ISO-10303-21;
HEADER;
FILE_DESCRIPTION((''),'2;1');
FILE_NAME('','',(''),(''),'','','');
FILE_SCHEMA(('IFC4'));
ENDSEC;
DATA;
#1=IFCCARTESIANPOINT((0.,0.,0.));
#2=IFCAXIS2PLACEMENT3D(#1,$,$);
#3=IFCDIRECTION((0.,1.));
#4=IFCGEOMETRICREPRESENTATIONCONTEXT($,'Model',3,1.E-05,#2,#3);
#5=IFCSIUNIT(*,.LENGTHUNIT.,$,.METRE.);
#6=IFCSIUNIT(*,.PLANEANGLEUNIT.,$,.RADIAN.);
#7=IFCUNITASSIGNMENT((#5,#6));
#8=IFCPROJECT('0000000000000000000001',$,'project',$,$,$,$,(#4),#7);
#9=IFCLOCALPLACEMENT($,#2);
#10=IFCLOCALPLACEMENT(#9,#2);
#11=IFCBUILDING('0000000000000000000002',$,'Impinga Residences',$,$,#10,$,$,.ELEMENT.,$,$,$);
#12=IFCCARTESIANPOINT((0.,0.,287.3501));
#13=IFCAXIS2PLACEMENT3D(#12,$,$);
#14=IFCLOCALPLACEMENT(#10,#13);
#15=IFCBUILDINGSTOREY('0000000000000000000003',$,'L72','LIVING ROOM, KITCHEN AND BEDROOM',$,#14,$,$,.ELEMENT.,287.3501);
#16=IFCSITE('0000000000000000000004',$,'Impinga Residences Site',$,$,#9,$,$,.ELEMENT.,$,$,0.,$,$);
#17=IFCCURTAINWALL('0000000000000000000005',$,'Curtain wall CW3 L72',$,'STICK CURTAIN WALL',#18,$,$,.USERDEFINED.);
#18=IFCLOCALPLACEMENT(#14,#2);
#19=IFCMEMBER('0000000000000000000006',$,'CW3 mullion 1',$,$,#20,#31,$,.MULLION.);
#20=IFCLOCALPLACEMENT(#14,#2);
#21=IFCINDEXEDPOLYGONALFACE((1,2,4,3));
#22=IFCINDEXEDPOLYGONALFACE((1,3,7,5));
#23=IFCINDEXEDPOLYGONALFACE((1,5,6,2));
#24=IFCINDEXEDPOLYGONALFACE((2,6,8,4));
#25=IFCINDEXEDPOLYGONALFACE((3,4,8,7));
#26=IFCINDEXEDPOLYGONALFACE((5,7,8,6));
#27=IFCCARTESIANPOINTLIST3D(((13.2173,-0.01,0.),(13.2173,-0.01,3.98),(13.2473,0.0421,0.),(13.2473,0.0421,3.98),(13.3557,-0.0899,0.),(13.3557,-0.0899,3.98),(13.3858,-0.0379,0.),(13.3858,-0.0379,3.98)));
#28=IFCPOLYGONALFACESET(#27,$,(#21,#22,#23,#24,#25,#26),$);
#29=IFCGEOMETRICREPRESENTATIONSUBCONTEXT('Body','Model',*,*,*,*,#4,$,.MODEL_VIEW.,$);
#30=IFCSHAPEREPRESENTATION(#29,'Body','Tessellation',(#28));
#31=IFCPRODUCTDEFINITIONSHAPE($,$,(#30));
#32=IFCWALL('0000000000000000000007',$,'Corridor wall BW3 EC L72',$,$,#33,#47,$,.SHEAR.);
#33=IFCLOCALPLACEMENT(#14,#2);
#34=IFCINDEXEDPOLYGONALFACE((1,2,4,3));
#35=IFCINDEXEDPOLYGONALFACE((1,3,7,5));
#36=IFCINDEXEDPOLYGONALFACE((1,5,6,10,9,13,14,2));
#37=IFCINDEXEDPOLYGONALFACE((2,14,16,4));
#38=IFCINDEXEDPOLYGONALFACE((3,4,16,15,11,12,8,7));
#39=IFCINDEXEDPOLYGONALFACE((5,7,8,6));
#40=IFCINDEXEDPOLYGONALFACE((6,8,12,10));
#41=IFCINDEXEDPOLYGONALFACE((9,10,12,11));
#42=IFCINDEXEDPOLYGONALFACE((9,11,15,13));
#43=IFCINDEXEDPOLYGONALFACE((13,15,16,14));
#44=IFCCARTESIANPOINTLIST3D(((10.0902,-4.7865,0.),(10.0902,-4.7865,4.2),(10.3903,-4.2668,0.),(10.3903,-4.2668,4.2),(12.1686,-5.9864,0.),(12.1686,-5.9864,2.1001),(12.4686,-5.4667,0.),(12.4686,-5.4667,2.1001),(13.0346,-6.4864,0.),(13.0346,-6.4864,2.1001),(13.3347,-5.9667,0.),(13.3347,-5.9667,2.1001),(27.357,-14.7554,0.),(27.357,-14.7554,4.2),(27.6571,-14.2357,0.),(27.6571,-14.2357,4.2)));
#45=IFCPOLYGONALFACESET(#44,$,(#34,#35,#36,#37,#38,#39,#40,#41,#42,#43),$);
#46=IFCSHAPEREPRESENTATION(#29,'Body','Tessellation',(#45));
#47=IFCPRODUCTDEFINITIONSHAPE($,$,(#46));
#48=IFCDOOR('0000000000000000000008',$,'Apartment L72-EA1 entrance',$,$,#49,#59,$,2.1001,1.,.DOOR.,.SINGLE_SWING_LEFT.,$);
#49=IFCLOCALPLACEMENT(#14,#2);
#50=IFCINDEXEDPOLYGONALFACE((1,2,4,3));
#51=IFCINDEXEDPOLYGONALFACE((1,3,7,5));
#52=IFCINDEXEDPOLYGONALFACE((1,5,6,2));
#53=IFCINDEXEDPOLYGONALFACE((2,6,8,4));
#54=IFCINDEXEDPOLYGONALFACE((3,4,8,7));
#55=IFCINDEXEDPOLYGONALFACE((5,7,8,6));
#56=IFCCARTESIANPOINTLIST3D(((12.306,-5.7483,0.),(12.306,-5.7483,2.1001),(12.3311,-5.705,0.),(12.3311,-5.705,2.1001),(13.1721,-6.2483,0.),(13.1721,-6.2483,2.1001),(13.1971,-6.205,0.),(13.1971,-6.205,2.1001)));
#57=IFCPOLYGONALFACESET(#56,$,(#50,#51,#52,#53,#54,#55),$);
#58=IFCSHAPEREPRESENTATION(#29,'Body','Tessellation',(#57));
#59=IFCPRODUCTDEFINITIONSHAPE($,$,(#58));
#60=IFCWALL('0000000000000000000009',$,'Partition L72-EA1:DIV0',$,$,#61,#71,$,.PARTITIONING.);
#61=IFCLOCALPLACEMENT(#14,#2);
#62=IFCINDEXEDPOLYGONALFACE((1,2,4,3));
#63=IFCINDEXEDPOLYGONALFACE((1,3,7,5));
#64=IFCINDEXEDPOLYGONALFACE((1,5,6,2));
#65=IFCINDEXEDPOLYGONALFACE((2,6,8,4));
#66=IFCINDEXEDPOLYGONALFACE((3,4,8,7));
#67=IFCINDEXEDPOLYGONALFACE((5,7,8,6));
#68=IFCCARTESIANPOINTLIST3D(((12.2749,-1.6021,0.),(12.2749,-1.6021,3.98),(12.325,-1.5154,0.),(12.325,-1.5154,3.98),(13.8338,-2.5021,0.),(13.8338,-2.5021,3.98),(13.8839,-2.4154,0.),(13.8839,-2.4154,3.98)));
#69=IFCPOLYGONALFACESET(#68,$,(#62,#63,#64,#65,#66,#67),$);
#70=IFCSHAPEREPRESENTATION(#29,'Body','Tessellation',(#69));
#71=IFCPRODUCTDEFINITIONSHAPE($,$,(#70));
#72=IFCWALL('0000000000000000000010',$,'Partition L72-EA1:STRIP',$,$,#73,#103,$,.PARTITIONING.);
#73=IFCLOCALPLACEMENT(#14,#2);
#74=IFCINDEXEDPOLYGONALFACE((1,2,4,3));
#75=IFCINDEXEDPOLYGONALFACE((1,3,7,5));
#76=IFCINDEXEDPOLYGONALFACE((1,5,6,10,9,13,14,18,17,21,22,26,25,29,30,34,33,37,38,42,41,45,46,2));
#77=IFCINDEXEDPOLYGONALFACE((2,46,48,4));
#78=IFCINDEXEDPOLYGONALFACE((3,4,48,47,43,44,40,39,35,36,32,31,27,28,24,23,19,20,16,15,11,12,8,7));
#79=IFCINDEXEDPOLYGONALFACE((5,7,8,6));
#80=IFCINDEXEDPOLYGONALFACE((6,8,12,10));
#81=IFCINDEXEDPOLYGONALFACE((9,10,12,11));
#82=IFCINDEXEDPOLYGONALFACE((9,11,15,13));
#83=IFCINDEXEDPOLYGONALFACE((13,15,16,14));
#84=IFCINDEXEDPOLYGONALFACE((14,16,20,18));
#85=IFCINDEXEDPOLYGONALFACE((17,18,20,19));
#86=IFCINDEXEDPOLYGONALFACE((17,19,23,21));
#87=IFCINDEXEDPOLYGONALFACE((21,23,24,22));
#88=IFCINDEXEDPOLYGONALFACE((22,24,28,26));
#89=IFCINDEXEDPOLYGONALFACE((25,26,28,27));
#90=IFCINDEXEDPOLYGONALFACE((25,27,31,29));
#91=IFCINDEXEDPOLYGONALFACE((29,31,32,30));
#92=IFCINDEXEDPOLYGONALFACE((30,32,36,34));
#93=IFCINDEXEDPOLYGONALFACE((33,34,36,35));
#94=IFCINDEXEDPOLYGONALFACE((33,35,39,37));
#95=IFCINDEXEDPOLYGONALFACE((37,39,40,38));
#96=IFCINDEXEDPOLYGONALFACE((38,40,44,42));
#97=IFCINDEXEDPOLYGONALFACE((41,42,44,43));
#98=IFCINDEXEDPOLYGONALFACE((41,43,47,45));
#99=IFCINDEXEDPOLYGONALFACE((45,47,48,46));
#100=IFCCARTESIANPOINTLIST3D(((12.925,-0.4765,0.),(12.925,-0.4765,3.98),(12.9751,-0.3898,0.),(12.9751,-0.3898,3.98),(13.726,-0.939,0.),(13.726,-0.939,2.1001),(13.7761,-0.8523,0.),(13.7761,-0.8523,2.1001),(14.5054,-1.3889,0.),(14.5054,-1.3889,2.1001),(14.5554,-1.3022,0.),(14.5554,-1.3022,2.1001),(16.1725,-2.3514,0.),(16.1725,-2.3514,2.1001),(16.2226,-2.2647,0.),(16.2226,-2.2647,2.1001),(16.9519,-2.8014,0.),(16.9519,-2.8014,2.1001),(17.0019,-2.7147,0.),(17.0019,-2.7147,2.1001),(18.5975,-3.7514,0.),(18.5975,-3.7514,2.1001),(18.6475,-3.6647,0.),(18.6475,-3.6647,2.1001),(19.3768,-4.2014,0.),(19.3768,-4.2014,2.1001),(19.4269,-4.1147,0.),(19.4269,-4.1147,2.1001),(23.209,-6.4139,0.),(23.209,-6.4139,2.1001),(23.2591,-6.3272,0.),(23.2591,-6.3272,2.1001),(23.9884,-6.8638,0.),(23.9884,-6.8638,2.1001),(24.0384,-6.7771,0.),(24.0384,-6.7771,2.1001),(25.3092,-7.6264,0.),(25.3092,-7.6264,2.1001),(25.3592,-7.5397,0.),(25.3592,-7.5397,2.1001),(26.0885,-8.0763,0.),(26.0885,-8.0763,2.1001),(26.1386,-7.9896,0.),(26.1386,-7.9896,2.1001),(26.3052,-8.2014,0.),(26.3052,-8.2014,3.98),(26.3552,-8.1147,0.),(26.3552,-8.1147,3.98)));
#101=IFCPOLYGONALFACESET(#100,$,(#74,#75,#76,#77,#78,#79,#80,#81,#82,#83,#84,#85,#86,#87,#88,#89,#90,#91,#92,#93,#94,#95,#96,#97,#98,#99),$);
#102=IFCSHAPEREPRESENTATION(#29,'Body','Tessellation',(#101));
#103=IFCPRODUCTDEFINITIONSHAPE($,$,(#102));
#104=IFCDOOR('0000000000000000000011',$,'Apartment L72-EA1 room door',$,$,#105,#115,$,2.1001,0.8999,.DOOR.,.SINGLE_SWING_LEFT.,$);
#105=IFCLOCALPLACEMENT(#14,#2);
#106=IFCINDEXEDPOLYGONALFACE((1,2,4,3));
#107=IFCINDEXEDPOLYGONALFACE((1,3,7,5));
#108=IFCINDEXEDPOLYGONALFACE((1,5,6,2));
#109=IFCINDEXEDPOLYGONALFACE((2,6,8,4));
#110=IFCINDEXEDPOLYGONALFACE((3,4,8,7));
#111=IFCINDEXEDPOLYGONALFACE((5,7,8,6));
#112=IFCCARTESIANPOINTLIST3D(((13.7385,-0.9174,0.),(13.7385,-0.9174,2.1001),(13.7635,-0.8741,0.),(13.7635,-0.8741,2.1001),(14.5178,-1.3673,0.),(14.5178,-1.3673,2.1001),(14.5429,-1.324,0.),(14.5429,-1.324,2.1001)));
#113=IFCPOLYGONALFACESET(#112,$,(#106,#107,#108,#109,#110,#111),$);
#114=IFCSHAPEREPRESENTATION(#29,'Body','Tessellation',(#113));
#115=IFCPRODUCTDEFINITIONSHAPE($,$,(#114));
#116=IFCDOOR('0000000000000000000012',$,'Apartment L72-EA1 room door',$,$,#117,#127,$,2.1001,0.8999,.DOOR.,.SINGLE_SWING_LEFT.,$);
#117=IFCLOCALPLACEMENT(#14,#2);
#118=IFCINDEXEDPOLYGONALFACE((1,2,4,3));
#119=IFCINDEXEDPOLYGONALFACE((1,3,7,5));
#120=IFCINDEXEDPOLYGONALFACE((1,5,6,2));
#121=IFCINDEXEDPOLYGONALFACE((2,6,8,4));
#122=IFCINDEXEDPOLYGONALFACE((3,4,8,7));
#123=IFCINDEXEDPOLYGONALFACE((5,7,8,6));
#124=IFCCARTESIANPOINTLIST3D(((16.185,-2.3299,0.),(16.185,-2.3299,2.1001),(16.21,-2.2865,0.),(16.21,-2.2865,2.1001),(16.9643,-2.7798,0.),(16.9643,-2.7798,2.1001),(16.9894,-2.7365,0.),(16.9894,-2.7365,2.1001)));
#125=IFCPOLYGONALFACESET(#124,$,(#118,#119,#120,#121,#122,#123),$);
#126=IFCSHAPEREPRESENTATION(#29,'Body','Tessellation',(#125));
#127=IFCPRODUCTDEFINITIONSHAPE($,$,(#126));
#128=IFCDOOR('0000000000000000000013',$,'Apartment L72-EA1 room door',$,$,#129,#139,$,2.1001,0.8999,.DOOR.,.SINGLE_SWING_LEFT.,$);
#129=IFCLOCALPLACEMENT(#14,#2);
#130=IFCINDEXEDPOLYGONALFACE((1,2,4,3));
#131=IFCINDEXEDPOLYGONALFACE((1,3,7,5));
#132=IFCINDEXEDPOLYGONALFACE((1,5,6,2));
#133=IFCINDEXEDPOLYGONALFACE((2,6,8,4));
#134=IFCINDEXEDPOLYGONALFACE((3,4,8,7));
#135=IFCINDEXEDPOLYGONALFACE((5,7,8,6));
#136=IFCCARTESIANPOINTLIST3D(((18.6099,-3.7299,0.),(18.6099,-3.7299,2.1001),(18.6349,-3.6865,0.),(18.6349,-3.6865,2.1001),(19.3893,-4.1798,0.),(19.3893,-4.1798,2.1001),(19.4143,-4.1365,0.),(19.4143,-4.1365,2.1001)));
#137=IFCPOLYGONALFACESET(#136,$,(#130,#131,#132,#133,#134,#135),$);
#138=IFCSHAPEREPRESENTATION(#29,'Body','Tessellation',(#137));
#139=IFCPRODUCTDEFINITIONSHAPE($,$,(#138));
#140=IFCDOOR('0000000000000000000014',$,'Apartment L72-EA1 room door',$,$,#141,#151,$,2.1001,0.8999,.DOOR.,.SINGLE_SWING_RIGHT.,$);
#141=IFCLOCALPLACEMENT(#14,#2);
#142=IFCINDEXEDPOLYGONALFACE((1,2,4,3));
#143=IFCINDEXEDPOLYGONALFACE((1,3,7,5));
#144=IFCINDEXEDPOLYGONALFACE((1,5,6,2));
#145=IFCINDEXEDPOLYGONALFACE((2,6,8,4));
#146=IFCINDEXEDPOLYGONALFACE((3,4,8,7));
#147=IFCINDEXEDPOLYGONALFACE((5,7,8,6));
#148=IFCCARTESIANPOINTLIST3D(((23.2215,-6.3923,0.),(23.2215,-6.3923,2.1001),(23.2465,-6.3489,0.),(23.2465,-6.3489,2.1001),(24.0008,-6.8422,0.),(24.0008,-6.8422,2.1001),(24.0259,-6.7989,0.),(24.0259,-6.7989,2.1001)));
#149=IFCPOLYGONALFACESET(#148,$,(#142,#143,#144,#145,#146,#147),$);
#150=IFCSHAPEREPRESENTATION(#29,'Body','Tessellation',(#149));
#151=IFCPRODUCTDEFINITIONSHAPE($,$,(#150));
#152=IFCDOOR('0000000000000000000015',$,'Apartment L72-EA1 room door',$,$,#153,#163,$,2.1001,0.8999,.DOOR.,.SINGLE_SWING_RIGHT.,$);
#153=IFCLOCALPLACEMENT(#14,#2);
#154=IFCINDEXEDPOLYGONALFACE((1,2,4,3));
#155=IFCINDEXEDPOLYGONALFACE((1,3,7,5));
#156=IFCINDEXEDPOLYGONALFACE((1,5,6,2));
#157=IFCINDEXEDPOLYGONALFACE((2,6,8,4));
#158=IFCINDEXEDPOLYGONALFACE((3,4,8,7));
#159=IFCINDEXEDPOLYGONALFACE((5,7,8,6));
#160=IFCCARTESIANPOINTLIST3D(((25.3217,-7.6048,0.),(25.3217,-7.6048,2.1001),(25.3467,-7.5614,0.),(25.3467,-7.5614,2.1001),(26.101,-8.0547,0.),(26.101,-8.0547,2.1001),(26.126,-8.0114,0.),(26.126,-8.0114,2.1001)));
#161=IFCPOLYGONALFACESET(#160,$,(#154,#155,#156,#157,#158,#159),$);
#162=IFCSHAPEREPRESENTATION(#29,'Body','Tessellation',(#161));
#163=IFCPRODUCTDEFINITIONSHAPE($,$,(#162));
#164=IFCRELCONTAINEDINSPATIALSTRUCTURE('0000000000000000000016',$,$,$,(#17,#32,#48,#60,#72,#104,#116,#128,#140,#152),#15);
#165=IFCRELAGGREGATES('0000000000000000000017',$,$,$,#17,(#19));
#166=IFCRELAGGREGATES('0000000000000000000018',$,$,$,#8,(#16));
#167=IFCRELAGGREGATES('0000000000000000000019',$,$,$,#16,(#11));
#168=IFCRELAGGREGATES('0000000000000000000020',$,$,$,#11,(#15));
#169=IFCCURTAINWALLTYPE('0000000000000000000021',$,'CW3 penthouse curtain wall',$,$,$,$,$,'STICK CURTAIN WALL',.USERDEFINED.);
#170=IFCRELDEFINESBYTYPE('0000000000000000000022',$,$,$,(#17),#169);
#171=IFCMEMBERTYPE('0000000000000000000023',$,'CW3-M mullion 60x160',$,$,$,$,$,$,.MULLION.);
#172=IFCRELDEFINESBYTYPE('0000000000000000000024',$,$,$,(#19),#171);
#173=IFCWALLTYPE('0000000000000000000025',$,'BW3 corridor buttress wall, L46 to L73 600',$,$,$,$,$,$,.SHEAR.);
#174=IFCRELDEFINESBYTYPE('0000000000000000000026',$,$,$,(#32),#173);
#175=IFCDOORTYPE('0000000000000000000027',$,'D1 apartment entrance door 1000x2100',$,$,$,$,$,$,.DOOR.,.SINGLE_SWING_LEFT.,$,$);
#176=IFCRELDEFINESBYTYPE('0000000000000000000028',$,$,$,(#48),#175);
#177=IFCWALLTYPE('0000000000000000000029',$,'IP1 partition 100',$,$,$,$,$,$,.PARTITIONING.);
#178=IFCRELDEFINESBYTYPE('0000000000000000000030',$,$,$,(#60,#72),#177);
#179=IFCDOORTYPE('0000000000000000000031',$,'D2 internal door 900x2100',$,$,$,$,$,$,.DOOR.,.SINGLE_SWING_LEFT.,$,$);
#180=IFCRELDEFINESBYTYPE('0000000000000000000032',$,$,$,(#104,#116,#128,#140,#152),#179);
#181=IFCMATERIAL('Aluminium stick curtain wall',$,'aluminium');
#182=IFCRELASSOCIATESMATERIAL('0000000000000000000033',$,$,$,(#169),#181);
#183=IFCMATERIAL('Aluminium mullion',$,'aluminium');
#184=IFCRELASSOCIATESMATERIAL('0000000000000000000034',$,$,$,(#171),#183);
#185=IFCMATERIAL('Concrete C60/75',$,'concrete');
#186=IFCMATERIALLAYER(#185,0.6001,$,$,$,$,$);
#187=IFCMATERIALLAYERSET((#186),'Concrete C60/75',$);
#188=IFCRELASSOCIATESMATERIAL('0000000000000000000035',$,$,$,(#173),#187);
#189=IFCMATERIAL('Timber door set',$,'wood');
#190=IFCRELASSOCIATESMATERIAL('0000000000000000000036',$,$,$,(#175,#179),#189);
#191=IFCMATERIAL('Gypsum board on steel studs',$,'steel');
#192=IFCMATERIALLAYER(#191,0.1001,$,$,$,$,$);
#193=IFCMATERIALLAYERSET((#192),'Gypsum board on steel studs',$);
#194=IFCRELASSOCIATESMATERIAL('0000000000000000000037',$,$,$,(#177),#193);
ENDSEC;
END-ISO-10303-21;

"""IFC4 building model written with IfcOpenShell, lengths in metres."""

from ifc_helpers import new_model, si_unit, direction, frame, frame_2d, origin, origin_2d, place, context, subcontext, project, spatial, rectangle, extrude, material, layer, layer_set, material_profile, profile_set, type_object, element, fill, aggregate, save


model = new_model("IFC4")

# Units and contexts
model_context = context("Model", 3, precision=1e-05, world=origin(), true_north=direction((0.0, 1.0)))
body_context = subcontext(model_context, "Body", "Model", "MODEL_VIEW")
ifc_project = project(units=[si_unit("LENGTHUNIT", "METRE"), si_unit("PLANEANGLEUNIT", "RADIAN")], contexts=[model_context])

# Site, building, storey
site_placement = place(None, origin())
site = spatial("IfcSite", under=ifc_project, at=site_placement, Name="Impinga Residences Site", CompositionType="ELEMENT", RefElevation=0.0)
building_placement = place(site_placement, origin())
building = spatial("IfcBuilding", under=site, at=building_placement, Name="Impinga Residences", CompositionType="ELEMENT")
storey_placement = place(building_placement, frame((0.0, 0.0, 287.3501)))
storey = spatial("IfcBuildingStorey", under=building, at=storey_placement, Name="L72", Description="LIVING ROOM, KITCHEN AND BEDROOM", CompositionType="ELEMENT", Elevation=287.3501)

# Curtain wall, member
ifc_material_1 = material(Name="Aluminium stick curtain wall", Category="aluminium")
curtain_wall_type = type_object("IfcCurtainWallType", Name="CW3 penthouse curtain wall", ElementType="STICK CURTAIN WALL", PredefinedType="USERDEFINED", material=ifc_material_1)
curtain_wall_placement = place(storey_placement, origin())
curtain_wall = element("IfcCurtainWall", 1, at=curtain_wall_placement, inside=storey, type_object=curtain_wall_type, Name="Curtain wall CW3 L72", ObjectType="STICK CURTAIN WALL", PredefinedType="USERDEFINED")
ifc_material_2 = material(Name="Aluminium mullion", Category="aluminium")
ifc_material_profile = material_profile(ifc_material_2, rectangle(XDim=0.0601, YDim=0.1599, at=origin_2d()), Name="60x160 mullion")
ifc_profile_set = profile_set([ifc_material_profile], Name="Aluminium mullion")
member_type = type_object("IfcMemberType", Name="CW3-M mullion 60x160", PredefinedType="MULLION", material=ifc_profile_set)
member_placement = place(storey_placement, frame((13.3015, -0.0239, 0.0), z_axis=(0.0, 0.0, 1.0), x_axis=(0.5, 0.866025, 0.0)))
member = element("IfcMember", 2, at=member_placement, type_object=member_type, Name="CW3 mullion 1", PredefinedType="MULLION", context=body_context, shape_type="SweptSolid", body=[
    extrude(rectangle(XDim=0.0601, YDim=0.1599, at=origin_2d()), origin(), (0.0, 0.0, 1.0), 3.98),
])
aggregate(curtain_wall, [member])

# Wall, opening, door
ifc_material_3 = material(Name="Concrete C60/75", Category="concrete")
ifc_layer_1 = layer(ifc_material_3, 0.6001)
ifc_layer_set_1 = layer_set([ifc_layer_1], Name="Concrete C60/75")
wall_type_1 = type_object("IfcWallType", Name="BW3 corridor buttress wall, L46 to L73 600", PredefinedType="SHEAR", material=ifc_layer_set_1)
wall_1_placement = place(storey_placement, frame((10.2402, -4.5266, 0.0), z_axis=(0.0, 0.0, 1.0), x_axis=(0.866026, -0.499999, 0.0)))
wall_1 = element("IfcWall", 3, at=wall_1_placement, inside=storey, type_object=wall_type_1, Name="Corridor wall BW3 EC L72", PredefinedType="SHEAR", context=body_context, shape_type="SweptSolid", body=[
    extrude(rectangle(XDim=19.938, YDim=0.6001, at=frame_2d((9.969, 0.0))), origin(), (0.0, 0.0, 1.0), 4.2),
])
opening_1_placement = place(wall_1_placement, frame((2.3999, 0.0, 0.0)))
opening_1 = element("IfcOpeningElement", 4, at=opening_1_placement, cuts=wall_1, PredefinedType="OPENING", context=body_context, shape_type="SweptSolid", body=[
    extrude(rectangle(XDim=1.0, YDim=2.1001, at=frame_2d((0.5, 1.05))), frame((0.0, 0.3101, 0.0), z_axis=(0.0, -1.0, 0.0), x_axis=(1.0, 0.0, 0.0)), (0.0, 0.0, 1.0), 0.6201),
])
ifc_material_4 = material(Name="Timber door set", Category="wood")
door_type_1 = type_object("IfcDoorType", Name="D1 apartment entrance door 1000x2100", OperationType="SINGLE_SWING_LEFT", PredefinedType="DOOR", material=ifc_material_4)
door_1_placement = place(opening_1_placement, origin())
door_1 = element("IfcDoor", 5, at=door_1_placement, inside=storey, type_object=door_type_1, Name="Apartment L72-EA1 entrance", OperationType="SINGLE_SWING_LEFT", OverallHeight=2.1001, OverallWidth=1.0, PredefinedType="DOOR", context=body_context, shape_type="SweptSolid", body=[
    extrude(rectangle(XDim=1.0, YDim=2.1001, at=frame_2d((0.5, 1.05))), frame((0.0, 0.0249, 0.0), z_axis=(0.0, -1.0, 0.0), x_axis=(1.0, 0.0, 0.0)), (0.0, 0.0, 1.0), 0.05),
])
fill(opening_1, door_1)

# Wall
ifc_material_5 = material(Name="Gypsum board on steel studs", Category="steel")
ifc_layer_2 = layer(ifc_material_5, 0.1001)
ifc_layer_set_2 = layer_set([ifc_layer_2], Name="Gypsum board on steel studs")
wall_type_2 = type_object("IfcWallType", Name="IP1 partition 100", PredefinedType="PARTITIONING", material=ifc_layer_set_2)
wall_2_placement = place(storey_placement, frame((12.3, -1.5588, 0.0), z_axis=(0.0, 0.0, 1.0), x_axis=(0.866048, -0.499961, 0.0)))
element("IfcWall", 6, at=wall_2_placement, inside=storey, type_object=wall_type_2, Name="Partition L72-EA1:DIV0", PredefinedType="PARTITIONING", context=body_context, shape_type="SweptSolid", body=[
    extrude(rectangle(XDim=1.8, YDim=0.1001, at=frame_2d((0.8999, 0.0))), origin(), (0.0, 0.0, 1.0), 3.98),
])

# Wall, openings, doors
wall_3_placement = place(storey_placement, frame((12.95, -0.4331, 0.0), z_axis=(0.0, 0.0, 1.0), x_axis=(0.86603, -0.499992, 0.0)))
wall_3 = element("IfcWall", 7, at=wall_3_placement, inside=storey, type_object=wall_type_2, Name="Partition L72-EA1:STRIP", PredefinedType="PARTITIONING", context=body_context, shape_type="SweptSolid", body=[
    extrude(rectangle(XDim=15.45, YDim=0.1001, at=frame_2d((7.7251, 0.0))), origin(), (0.0, 0.0, 1.0), 3.98),
])
opening_2_placement = place(wall_3_placement, frame((0.925, 0.0, 0.0)))
opening_2 = element("IfcOpeningElement", 8, at=opening_2_placement, cuts=wall_3, PredefinedType="OPENING", context=body_context, shape_type="SweptSolid", body=[
    extrude(rectangle(XDim=0.8999, YDim=2.1001, at=frame_2d((0.45, 1.05))), frame((0.0, 0.0601, 0.0), z_axis=(0.0, -1.0, 0.0), x_axis=(1.0, 0.0, 0.0)), (0.0, 0.0, 1.0), 0.1201),
])
opening_3_placement = place(wall_3_placement, frame((3.75, 0.0, 0.0)))
opening_3 = element("IfcOpeningElement", 9, at=opening_3_placement, cuts=wall_3, PredefinedType="OPENING", context=body_context, shape_type="SweptSolid", body=[
    extrude(rectangle(XDim=0.8999, YDim=2.1001, at=frame_2d((0.45, 1.05))), frame((0.0, 0.0601, 0.0), z_axis=(0.0, -1.0, 0.0), x_axis=(1.0, 0.0, 0.0)), (0.0, 0.0, 1.0), 0.1201),
])
opening_4_placement = place(wall_3_placement, frame((6.55, 0.0, 0.0)))
opening_4 = element("IfcOpeningElement", 10, at=opening_4_placement, cuts=wall_3, PredefinedType="OPENING", context=body_context, shape_type="SweptSolid", body=[
    extrude(rectangle(XDim=0.8999, YDim=2.1001, at=frame_2d((0.45, 1.05))), frame((0.0, 0.0601, 0.0), z_axis=(0.0, -1.0, 0.0), x_axis=(1.0, 0.0, 0.0)), (0.0, 0.0, 1.0), 0.1201),
])
opening_5_placement = place(wall_3_placement, frame((11.875, 0.0, 0.0)))
opening_5 = element("IfcOpeningElement", 11, at=opening_5_placement, cuts=wall_3, PredefinedType="OPENING", context=body_context, shape_type="SweptSolid", body=[
    extrude(rectangle(XDim=0.8999, YDim=2.1001, at=frame_2d((0.45, 1.05))), frame((0.0, 0.0601, 0.0), z_axis=(0.0, -1.0, 0.0), x_axis=(1.0, 0.0, 0.0)), (0.0, 0.0, 1.0), 0.1201),
])
opening_6_placement = place(wall_3_placement, frame((14.3, 0.0, 0.0)))
opening_6 = element("IfcOpeningElement", 12, at=opening_6_placement, cuts=wall_3, PredefinedType="OPENING", context=body_context, shape_type="SweptSolid", body=[
    extrude(rectangle(XDim=0.8999, YDim=2.1001, at=frame_2d((0.45, 1.05))), frame((0.0, 0.0601, 0.0), z_axis=(0.0, -1.0, 0.0), x_axis=(1.0, 0.0, 0.0)), (0.0, 0.0, 1.0), 0.1201),
])
door_type_2 = type_object("IfcDoorType", Name="D2 internal door 900x2100", OperationType="SINGLE_SWING_LEFT", PredefinedType="DOOR", material=ifc_material_4)
door_2_placement = place(opening_2_placement, origin())
door_2 = element("IfcDoor", 13, at=door_2_placement, inside=storey, type_object=door_type_2, Name="Apartment L72-EA1 room door", OperationType="SINGLE_SWING_LEFT", OverallHeight=2.1001, OverallWidth=0.8999, PredefinedType="DOOR", context=body_context, shape_type="SweptSolid", body=[
    extrude(rectangle(XDim=0.8999, YDim=2.1001, at=frame_2d((0.45, 1.05))), frame((0.0, 0.0249, 0.0), z_axis=(0.0, -1.0, 0.0), x_axis=(1.0, 0.0, 0.0)), (0.0, 0.0, 1.0), 0.05),
])
fill(opening_2, door_2)
door_3_placement = place(opening_3_placement, origin())
door_3 = element("IfcDoor", 14, at=door_3_placement, inside=storey, type_object=door_type_2, Name="Apartment L72-EA1 room door", OperationType="SINGLE_SWING_LEFT", OverallHeight=2.1001, OverallWidth=0.8999, PredefinedType="DOOR", context=body_context, shape_type="SweptSolid", body=[
    extrude(rectangle(XDim=0.8999, YDim=2.1001, at=frame_2d((0.45, 1.05))), frame((0.0, 0.0249, 0.0), z_axis=(0.0, -1.0, 0.0), x_axis=(1.0, 0.0, 0.0)), (0.0, 0.0, 1.0), 0.05),
])
fill(opening_3, door_3)
door_4_placement = place(opening_4_placement, origin())
door_4 = element("IfcDoor", 15, at=door_4_placement, inside=storey, type_object=door_type_2, Name="Apartment L72-EA1 room door", OperationType="SINGLE_SWING_LEFT", OverallHeight=2.1001, OverallWidth=0.8999, PredefinedType="DOOR", context=body_context, shape_type="SweptSolid", body=[
    extrude(rectangle(XDim=0.8999, YDim=2.1001, at=frame_2d((0.45, 1.05))), frame((0.0, 0.0249, 0.0), z_axis=(0.0, -1.0, 0.0), x_axis=(1.0, 0.0, 0.0)), (0.0, 0.0, 1.0), 0.05),
])
fill(opening_4, door_4)
door_5_placement = place(opening_5_placement, origin())
door_5 = element("IfcDoor", 16, at=door_5_placement, inside=storey, type_object=door_type_2, Name="Apartment L72-EA1 room door", OperationType="SINGLE_SWING_RIGHT", OverallHeight=2.1001, OverallWidth=0.8999, PredefinedType="DOOR", context=body_context, shape_type="SweptSolid", body=[
    extrude(rectangle(XDim=0.8999, YDim=2.1001, at=frame_2d((0.45, 1.05))), frame((0.0, 0.0249, 0.0), z_axis=(0.0, -1.0, 0.0), x_axis=(1.0, 0.0, 0.0)), (0.0, 0.0, 1.0), 0.05),
])
fill(opening_5, door_5)
door_6_placement = place(opening_6_placement, origin())
door_6 = element("IfcDoor", 17, at=door_6_placement, inside=storey, type_object=door_type_2, Name="Apartment L72-EA1 room door", OperationType="SINGLE_SWING_RIGHT", OverallHeight=2.1001, OverallWidth=0.8999, PredefinedType="DOOR", context=body_context, shape_type="SweptSolid", body=[
    extrude(rectangle(XDim=0.8999, YDim=2.1001, at=frame_2d((0.45, 1.05))), frame((0.0, 0.0249, 0.0), z_axis=(0.0, -1.0, 0.0), x_axis=(1.0, 0.0, 0.0)), (0.0, 0.0, 1.0), 0.05),
])
fill(opening_6, door_6)

save(model, "model.ifc")
